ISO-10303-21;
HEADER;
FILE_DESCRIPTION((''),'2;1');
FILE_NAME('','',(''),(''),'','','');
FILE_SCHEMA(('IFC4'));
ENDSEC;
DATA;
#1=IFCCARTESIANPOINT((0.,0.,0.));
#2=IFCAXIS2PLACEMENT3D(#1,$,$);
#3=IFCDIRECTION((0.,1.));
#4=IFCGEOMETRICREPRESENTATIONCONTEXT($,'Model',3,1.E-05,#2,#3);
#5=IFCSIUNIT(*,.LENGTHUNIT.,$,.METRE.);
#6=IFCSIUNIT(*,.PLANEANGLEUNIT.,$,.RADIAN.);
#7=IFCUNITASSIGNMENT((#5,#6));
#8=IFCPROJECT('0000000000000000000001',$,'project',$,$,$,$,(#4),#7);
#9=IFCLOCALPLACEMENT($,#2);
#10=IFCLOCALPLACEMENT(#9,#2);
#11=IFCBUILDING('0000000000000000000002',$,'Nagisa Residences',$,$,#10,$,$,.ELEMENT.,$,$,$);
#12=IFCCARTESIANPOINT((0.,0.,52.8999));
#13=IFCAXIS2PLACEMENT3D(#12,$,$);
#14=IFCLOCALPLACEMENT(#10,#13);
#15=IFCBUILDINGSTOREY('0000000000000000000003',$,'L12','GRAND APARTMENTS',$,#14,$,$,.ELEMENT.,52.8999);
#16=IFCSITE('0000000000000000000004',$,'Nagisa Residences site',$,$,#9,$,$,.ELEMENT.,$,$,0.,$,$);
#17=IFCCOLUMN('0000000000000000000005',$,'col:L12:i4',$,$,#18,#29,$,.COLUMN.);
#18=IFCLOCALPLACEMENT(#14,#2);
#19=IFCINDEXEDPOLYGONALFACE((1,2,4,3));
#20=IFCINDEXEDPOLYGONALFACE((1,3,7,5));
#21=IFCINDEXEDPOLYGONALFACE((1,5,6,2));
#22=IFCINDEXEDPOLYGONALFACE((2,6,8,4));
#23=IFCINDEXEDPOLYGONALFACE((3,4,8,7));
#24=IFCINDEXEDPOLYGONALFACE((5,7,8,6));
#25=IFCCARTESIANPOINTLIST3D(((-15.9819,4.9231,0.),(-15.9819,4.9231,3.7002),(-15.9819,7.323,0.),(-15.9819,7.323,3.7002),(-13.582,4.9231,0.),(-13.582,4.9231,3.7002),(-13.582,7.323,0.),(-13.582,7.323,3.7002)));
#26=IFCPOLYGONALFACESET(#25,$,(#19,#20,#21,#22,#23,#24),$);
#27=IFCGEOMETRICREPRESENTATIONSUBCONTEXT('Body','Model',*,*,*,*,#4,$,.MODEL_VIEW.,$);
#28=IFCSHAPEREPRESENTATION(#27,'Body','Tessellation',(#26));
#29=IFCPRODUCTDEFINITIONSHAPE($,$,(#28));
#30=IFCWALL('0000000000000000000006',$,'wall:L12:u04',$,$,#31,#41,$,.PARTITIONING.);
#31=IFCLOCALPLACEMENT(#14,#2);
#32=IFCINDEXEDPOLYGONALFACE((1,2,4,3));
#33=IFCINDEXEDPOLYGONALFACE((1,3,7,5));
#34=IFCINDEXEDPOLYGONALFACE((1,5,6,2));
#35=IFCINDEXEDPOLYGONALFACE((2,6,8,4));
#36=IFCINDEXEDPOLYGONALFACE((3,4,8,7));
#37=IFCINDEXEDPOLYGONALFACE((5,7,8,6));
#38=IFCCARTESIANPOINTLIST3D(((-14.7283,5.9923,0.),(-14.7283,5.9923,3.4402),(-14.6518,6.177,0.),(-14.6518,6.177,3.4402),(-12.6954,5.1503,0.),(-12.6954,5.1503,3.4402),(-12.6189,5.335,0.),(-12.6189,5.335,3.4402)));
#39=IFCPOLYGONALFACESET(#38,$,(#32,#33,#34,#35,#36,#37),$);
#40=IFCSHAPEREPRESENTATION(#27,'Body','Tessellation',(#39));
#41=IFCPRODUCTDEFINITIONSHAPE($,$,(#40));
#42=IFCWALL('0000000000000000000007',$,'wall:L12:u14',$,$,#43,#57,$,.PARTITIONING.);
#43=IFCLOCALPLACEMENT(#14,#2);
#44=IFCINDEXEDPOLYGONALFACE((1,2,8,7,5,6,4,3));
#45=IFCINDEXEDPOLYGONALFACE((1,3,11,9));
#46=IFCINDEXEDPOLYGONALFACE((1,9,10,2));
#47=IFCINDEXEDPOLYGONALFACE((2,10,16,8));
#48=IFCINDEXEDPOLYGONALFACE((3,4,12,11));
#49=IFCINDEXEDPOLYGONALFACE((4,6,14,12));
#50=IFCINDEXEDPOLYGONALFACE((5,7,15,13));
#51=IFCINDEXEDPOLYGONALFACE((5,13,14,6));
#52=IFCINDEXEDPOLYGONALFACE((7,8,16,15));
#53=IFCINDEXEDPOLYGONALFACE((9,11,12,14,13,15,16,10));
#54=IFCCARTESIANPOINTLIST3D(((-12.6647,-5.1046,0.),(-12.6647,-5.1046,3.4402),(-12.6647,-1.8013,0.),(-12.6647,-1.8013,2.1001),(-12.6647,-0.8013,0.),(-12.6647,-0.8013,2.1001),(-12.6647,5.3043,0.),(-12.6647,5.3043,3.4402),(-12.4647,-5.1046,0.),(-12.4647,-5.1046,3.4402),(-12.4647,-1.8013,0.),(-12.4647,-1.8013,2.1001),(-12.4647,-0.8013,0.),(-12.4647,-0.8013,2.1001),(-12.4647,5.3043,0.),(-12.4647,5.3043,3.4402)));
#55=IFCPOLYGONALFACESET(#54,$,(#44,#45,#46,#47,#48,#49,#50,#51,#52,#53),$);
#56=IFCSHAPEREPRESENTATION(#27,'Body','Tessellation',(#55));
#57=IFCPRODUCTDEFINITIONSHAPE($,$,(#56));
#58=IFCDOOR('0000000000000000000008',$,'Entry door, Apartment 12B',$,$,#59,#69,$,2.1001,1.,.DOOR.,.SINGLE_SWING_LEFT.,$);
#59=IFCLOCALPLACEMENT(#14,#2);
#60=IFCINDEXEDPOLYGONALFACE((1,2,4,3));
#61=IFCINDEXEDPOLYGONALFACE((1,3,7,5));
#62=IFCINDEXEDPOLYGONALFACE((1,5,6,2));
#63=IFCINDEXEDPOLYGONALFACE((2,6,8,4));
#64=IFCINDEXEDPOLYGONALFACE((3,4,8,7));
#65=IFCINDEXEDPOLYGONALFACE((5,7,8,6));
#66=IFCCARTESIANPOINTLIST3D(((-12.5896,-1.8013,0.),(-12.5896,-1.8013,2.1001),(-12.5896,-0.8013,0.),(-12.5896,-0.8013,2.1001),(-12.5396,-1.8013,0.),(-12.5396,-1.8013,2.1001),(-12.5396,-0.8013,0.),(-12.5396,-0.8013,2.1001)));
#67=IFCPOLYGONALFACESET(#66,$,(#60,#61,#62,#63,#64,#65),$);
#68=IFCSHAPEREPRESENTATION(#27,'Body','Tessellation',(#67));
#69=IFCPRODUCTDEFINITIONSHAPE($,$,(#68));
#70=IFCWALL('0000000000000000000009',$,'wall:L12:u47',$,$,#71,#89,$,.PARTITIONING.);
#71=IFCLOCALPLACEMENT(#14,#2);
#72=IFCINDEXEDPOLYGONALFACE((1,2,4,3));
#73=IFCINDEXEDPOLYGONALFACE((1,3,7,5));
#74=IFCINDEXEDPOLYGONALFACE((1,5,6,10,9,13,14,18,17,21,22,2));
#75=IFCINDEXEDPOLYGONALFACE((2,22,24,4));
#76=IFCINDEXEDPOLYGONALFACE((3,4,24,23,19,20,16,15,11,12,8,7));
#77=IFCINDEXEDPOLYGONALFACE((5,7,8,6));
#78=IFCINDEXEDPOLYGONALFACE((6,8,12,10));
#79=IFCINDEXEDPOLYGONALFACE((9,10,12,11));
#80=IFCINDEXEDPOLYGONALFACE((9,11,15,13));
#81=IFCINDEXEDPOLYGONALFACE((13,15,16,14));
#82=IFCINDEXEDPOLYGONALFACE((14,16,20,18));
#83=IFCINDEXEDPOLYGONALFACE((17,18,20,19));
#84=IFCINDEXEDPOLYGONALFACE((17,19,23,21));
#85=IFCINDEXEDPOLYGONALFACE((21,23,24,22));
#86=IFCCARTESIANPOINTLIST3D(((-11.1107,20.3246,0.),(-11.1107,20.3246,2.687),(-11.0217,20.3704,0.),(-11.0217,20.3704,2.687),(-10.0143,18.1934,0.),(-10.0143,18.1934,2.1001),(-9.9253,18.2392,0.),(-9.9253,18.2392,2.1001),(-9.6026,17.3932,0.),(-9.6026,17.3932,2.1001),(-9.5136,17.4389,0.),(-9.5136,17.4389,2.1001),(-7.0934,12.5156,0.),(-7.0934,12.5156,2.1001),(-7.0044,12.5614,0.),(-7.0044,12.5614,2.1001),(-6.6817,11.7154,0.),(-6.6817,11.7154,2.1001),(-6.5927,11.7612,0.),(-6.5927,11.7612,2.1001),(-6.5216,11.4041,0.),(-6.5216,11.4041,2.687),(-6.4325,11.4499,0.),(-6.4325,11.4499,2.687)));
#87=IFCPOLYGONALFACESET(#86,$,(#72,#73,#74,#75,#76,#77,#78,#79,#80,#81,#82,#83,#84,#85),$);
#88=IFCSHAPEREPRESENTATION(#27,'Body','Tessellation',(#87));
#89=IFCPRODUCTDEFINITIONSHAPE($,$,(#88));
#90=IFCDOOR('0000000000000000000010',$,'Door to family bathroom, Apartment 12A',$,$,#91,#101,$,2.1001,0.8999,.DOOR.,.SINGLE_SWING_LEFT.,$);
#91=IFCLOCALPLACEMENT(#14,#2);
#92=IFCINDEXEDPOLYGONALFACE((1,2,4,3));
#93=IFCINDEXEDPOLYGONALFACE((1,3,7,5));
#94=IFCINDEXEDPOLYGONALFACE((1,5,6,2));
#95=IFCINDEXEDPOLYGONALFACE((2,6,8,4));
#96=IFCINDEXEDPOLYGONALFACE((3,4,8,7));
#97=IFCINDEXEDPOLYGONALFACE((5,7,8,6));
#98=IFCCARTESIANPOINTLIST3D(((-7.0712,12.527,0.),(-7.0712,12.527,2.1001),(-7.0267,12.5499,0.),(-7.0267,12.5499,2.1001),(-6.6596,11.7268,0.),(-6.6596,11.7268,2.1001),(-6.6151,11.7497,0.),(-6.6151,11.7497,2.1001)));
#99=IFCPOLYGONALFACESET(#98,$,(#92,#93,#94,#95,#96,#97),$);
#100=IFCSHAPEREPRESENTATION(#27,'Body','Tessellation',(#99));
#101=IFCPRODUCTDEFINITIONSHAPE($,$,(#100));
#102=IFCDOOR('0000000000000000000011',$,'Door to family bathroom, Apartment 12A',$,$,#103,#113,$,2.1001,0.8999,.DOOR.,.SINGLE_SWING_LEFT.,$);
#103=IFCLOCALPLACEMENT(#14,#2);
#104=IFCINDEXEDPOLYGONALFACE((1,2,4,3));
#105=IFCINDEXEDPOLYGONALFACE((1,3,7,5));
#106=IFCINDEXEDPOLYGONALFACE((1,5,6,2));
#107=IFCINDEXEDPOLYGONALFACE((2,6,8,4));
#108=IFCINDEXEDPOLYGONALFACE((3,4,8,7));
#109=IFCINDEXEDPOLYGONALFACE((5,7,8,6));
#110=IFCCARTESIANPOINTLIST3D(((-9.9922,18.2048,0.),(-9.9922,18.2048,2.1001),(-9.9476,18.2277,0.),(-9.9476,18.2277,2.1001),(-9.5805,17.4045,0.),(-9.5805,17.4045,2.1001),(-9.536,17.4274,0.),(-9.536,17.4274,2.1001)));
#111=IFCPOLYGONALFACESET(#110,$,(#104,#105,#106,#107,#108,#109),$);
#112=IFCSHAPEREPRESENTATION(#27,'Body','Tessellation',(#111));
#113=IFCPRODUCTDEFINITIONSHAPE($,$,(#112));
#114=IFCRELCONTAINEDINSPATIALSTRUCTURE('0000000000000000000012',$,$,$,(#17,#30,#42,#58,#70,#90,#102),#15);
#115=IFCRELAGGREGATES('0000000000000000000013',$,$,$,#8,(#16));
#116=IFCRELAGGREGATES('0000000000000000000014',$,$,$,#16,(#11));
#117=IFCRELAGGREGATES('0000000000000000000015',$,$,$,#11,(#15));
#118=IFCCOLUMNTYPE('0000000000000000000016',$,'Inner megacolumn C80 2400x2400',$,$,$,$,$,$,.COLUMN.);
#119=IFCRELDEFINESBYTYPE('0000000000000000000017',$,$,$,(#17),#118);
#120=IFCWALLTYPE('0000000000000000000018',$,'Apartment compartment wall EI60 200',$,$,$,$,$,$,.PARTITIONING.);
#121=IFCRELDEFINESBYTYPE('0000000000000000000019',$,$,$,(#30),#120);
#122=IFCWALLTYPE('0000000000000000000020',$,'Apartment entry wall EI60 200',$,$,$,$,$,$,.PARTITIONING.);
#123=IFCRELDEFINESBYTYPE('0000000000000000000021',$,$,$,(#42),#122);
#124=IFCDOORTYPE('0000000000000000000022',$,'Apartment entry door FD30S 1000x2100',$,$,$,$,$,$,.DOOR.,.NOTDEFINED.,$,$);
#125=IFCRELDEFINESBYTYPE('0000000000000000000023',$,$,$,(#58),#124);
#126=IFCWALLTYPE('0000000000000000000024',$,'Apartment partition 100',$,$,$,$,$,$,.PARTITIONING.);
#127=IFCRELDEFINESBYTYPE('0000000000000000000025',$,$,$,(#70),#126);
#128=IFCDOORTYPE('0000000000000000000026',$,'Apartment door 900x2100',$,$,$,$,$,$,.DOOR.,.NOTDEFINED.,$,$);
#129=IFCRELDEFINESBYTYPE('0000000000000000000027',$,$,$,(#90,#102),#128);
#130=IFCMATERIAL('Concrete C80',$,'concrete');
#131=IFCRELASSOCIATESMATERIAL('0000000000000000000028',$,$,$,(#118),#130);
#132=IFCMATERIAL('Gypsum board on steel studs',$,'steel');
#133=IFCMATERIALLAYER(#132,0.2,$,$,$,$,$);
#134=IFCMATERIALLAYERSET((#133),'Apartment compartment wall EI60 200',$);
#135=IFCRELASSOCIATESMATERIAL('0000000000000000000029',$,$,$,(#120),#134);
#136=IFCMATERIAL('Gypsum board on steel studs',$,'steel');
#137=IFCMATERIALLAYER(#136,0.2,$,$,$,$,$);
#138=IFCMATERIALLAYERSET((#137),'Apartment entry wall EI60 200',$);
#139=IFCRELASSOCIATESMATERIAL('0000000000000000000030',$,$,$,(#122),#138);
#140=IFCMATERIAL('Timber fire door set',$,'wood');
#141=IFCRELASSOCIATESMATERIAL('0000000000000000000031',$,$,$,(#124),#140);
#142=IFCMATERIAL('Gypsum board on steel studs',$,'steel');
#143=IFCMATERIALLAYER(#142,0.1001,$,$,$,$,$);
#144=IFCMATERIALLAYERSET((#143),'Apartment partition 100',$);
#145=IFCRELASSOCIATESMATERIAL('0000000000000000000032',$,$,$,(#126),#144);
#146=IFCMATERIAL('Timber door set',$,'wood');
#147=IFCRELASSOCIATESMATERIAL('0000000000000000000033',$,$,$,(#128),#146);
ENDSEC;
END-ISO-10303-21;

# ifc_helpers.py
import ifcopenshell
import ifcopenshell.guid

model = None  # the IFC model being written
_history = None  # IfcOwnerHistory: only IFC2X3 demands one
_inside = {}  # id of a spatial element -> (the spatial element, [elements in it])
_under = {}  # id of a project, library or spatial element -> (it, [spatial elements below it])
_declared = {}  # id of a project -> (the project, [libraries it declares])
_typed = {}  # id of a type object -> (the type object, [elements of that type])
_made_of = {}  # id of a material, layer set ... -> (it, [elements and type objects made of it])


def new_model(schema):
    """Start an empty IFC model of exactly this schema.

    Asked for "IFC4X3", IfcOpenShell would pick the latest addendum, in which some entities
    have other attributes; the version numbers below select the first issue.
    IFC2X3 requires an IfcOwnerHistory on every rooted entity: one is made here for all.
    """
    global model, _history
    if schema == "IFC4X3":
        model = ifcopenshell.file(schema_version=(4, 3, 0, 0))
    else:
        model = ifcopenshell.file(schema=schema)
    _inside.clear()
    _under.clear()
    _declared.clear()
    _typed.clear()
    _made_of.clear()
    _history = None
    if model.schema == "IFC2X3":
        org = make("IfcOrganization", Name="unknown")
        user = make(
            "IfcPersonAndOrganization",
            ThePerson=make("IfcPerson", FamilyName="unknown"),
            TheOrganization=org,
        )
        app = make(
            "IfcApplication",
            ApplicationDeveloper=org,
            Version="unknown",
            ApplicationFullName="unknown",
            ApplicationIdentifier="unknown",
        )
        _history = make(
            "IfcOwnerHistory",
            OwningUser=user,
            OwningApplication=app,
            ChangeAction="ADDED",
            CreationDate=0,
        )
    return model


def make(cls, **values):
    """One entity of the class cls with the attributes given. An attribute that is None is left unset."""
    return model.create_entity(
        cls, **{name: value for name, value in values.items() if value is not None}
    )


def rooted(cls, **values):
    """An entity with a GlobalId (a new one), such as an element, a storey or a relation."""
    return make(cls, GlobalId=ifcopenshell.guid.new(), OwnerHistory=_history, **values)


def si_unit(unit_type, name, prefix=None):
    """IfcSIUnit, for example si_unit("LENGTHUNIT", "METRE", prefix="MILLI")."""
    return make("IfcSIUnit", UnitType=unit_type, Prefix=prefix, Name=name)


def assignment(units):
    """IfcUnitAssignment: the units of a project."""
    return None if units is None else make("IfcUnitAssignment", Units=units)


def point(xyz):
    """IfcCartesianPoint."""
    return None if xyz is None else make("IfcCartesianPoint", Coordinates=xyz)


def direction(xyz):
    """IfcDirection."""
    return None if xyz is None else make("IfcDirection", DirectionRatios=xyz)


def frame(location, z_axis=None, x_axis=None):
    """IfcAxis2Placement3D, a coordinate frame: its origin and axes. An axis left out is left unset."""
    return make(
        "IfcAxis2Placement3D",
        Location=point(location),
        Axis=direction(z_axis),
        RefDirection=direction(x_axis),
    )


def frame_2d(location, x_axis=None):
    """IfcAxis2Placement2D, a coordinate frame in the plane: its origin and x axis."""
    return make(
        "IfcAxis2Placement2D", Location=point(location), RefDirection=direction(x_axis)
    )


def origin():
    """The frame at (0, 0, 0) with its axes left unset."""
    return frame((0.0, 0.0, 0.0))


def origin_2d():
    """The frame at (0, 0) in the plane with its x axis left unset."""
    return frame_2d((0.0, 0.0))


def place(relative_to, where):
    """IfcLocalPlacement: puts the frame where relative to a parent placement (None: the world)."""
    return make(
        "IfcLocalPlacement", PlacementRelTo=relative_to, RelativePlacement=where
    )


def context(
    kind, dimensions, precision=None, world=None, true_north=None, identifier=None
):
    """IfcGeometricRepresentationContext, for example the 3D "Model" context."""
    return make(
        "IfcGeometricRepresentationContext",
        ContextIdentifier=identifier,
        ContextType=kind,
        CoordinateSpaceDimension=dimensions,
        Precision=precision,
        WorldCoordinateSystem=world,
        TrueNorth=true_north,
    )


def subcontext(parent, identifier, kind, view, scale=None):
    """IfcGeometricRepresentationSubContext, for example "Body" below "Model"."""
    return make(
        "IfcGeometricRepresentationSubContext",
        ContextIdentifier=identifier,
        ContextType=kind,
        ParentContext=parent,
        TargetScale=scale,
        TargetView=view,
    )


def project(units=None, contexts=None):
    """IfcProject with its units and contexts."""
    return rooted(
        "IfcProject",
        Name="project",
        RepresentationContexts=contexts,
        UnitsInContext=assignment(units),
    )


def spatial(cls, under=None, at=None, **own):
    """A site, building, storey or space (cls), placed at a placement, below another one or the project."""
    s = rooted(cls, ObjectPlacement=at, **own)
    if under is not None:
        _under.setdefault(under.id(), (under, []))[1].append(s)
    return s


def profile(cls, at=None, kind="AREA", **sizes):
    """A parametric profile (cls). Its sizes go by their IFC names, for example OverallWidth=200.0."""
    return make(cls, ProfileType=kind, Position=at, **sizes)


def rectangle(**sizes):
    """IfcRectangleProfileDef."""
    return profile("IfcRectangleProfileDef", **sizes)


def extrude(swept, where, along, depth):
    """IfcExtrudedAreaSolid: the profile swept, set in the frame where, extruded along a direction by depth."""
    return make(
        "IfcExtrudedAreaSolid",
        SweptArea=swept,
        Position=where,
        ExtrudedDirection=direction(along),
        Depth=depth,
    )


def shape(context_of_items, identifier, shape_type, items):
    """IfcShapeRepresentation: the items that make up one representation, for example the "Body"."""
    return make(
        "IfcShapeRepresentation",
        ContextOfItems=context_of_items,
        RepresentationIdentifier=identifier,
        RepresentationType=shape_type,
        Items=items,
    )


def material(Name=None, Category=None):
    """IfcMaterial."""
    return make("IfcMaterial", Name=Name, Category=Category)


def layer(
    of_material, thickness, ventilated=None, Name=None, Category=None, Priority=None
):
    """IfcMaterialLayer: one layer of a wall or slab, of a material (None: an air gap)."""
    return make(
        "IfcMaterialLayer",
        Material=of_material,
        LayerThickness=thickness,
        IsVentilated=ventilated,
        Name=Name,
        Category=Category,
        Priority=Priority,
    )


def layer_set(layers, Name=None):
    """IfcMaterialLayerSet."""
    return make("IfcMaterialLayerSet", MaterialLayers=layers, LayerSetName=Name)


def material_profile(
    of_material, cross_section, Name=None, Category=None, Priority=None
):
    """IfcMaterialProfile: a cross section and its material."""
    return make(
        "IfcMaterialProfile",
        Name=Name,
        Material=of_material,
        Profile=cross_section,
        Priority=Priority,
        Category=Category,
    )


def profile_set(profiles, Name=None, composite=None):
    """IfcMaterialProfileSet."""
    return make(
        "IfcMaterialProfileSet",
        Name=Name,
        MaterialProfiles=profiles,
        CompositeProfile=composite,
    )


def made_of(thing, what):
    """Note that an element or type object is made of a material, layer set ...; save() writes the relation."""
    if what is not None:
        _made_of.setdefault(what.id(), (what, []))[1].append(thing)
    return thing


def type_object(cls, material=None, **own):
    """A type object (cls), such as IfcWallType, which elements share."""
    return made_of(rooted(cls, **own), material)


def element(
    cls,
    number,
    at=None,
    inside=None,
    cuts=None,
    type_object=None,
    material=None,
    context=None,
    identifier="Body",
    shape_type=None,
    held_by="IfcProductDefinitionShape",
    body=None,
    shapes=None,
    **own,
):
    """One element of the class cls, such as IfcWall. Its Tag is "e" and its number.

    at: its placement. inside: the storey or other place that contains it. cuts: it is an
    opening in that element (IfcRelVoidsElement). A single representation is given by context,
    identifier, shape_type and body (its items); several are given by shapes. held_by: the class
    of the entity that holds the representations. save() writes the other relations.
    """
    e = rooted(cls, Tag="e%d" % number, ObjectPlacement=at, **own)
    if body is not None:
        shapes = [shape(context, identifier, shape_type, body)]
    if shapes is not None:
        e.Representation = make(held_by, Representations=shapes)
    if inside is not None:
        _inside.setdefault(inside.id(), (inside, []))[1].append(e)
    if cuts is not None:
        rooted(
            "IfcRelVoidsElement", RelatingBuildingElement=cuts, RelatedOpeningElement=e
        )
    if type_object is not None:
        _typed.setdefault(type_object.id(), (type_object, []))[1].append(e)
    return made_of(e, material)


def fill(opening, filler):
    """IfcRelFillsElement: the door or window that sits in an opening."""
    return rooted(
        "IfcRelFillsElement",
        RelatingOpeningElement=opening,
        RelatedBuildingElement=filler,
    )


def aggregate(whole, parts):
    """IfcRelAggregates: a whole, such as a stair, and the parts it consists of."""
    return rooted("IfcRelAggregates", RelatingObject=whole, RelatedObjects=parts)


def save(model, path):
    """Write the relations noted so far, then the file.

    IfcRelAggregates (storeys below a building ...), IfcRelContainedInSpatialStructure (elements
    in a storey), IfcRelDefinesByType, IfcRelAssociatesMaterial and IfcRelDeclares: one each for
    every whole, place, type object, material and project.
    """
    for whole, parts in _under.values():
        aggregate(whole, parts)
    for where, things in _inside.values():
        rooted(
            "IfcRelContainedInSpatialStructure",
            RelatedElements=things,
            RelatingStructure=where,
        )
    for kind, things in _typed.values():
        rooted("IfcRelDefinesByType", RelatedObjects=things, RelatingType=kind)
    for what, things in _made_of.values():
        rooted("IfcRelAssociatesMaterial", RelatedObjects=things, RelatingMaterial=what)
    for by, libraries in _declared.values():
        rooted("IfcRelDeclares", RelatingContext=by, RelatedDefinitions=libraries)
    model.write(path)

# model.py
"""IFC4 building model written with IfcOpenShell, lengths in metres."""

from ifc_helpers import new_model, si_unit, direction, frame, frame_2d, origin, origin_2d, place, context, subcontext, project, spatial, rectangle, extrude, material, layer, layer_set, material_profile, profile_set, type_object, element, fill, save


model = new_model("IFC4")

# Units and contexts
model_context = context("Model", 3, precision=1e-05, world=origin(), true_north=direction((0.0, 1.0)))
body_context = subcontext(model_context, "Body", "Model", "MODEL_VIEW")
ifc_project = project(units=[si_unit("LENGTHUNIT", "METRE"), si_unit("PLANEANGLEUNIT", "RADIAN")], contexts=[model_context])

# Site, building, storey
site_placement = place(None, origin())
site = spatial("IfcSite", under=ifc_project, at=site_placement, Name="Nagisa Residences site", CompositionType="ELEMENT", RefElevation=0.0)
building_placement = place(site_placement, origin())
building = spatial("IfcBuilding", under=site, at=building_placement, Name="Nagisa Residences", CompositionType="ELEMENT")
storey_placement = place(building_placement, frame((0.0, 0.0, 52.8999)))
storey = spatial("IfcBuildingStorey", under=building, at=storey_placement, Name="L12", Description="GRAND APARTMENTS", CompositionType="ELEMENT", Elevation=52.8999)

# Column
ifc_material_1 = material(Name="Concrete C80", Category="concrete")
ifc_material_profile = material_profile(ifc_material_1, rectangle(XDim=2.3999, YDim=2.3999, at=origin_2d()), Name="C80 2400x2400")
ifc_profile_set = profile_set([ifc_material_profile], Name="Concrete C80")
column_type = type_object("IfcColumnType", Name="Inner megacolumn C80 2400x2400", PredefinedType="COLUMN", material=ifc_profile_set)
column_placement = place(storey_placement, frame((-14.782, 6.123, 0.0), z_axis=(0.0, 0.0, 1.0), x_axis=(1.0, 0.0, 0.0)))
element("IfcColumn", 1, at=column_placement, inside=storey, type_object=column_type, Name="col:L12:i4", PredefinedType="COLUMN", context=body_context, shape_type="SweptSolid", body=[
    extrude(rectangle(XDim=2.3999, YDim=2.3999, at=origin_2d()), origin(), (0.0, 0.0, 1.0), 3.7002),
])

# Wall
ifc_material_2 = material(Name="Gypsum board on steel studs", Category="steel")
ifc_layer_1 = layer(ifc_material_2, 0.2)
ifc_layer_set_1 = layer_set([ifc_layer_1], Name="Apartment compartment wall EI60 200")
wall_type_1 = type_object("IfcWallType", Name="Apartment compartment wall EI60 200", PredefinedType="PARTITIONING", material=ifc_layer_set_1)
wall_1_placement = place(storey_placement, frame((-12.6572, 5.2427, 0.0), z_axis=(0.0, 0.0, 1.0), x_axis=(-0.923886, 0.382669, 0.0)))
element("IfcWall", 2, at=wall_1_placement, inside=storey, type_object=wall_type_1, Name="wall:L12:u04", PredefinedType="PARTITIONING", context=body_context, shape_type="SweptSolid", body=[
    extrude(rectangle(XDim=2.2004, YDim=0.2, at=frame_2d((1.1001, 0.0))), origin(), (0.0, 0.0, 1.0), 3.4402),
])

# Wall, opening, door
ifc_material_3 = material(Name="Gypsum board on steel studs", Category="steel")
ifc_layer_2 = layer(ifc_material_3, 0.2)
ifc_layer_set_2 = layer_set([ifc_layer_2], Name="Apartment entry wall EI60 200")
wall_type_2 = type_object("IfcWallType", Name="Apartment entry wall EI60 200", PredefinedType="PARTITIONING", material=ifc_layer_set_2)
wall_2_placement = place(storey_placement, frame((-12.5647, 5.3044, 0.0), z_axis=(0.0, 0.0, 1.0), x_axis=(0.0, -1.0, 0.0)))
wall_2 = element("IfcWall", 3, at=wall_2_placement, inside=storey, type_object=wall_type_2, Name="wall:L12:u14", PredefinedType="PARTITIONING", context=body_context, shape_type="SweptSolid", body=[
    extrude(rectangle(XDim=10.4089, YDim=0.2, at=frame_2d((5.2046, 0.0))), origin(), (0.0, 0.0, 1.0), 3.4402),
])
opening_1_placement = place(wall_2_placement, frame((6.1057, 0.0, 0.0)))
opening_1 = element("IfcOpeningElement", 4, at=opening_1_placement, cuts=wall_2, PredefinedType="OPENING", context=body_context, shape_type="SweptSolid", body=[
    extrude(rectangle(XDim=1.0, YDim=2.1001, at=frame_2d((0.5, 1.05))), frame((0.0, 0.1099, 0.0), z_axis=(0.0, -1.0, 0.0), x_axis=(1.0, 0.0, 0.0)), (0.0, 0.0, 1.0), 0.22),
])
ifc_material_4 = material(Name="Timber fire door set", Category="wood")
door_type_1 = type_object("IfcDoorType", Name="Apartment entry door FD30S 1000x2100", OperationType="NOTDEFINED", PredefinedType="DOOR", material=ifc_material_4)
door_1_placement = place(opening_1_placement, frame((1.0, 0.0, 0.0), x_axis=(-1.0, 0.0, 0.0)))
door_1 = element("IfcDoor", 5, at=door_1_placement, inside=storey, type_object=door_type_1, Name="Entry door, Apartment 12B", OperationType="SINGLE_SWING_LEFT", OverallHeight=2.1001, OverallWidth=1.0, PredefinedType="DOOR", context=body_context, shape_type="SweptSolid", body=[
    extrude(rectangle(XDim=1.0, YDim=2.1001, at=frame_2d((0.5, 1.05))), frame((0.0, 0.0249, 0.0), z_axis=(0.0, -1.0, 0.0), x_axis=(1.0, 0.0, 0.0)), (0.0, 0.0, 1.0), 0.05),
])
fill(opening_1, door_1)

# Wall, openings, doors
ifc_material_5 = material(Name="Gypsum board on steel studs", Category="steel")
ifc_layer_3 = layer(ifc_material_5, 0.1001)
ifc_layer_set_3 = layer_set([ifc_layer_3], Name="Apartment partition 100")
wall_type_3 = type_object("IfcWallType", Name="Apartment partition 100", PredefinedType="PARTITIONING", material=ifc_layer_set_3)
wall_3_placement = place(storey_placement, frame((-6.4771, 11.427, 0.0), z_axis=(0.0, 0.0, 1.0), x_axis=(-0.457464, 0.889228, 0.0)))
wall_3 = element("IfcWall", 6, at=wall_3_placement, inside=storey, type_object=wall_type_3, Name="wall:L12:u47", PredefinedType="PARTITIONING", context=body_context, shape_type="SweptSolid", body=[
    extrude(rectangle(XDim=10.0317, YDim=0.1001, at=frame_2d((5.0159, 0.0))), origin(), (0.0, 0.0, 1.0), 2.687),
])
opening_2_placement = place(wall_3_placement, frame((0.3501, 0.0, 0.0)))
opening_2 = element("IfcOpeningElement", 7, at=opening_2_placement, cuts=wall_3, PredefinedType="OPENING", context=body_context, shape_type="SweptSolid", body=[
    extrude(rectangle(XDim=0.8999, YDim=2.1001, at=frame_2d((0.45, 1.05))), frame((0.0, 0.0601, 0.0), z_axis=(0.0, -1.0, 0.0), x_axis=(1.0, 0.0, 0.0)), (0.0, 0.0, 1.0), 0.1201),
])
opening_3_placement = place(wall_3_placement, frame((6.7351, 0.0, 0.0)))
opening_3 = element("IfcOpeningElement", 8, at=opening_3_placement, cuts=wall_3, PredefinedType="OPENING", context=body_context, shape_type="SweptSolid", body=[
    extrude(rectangle(XDim=0.8999, YDim=2.1001, at=frame_2d((0.45, 1.05))), frame((0.0, 0.0601, 0.0), z_axis=(0.0, -1.0, 0.0), x_axis=(1.0, 0.0, 0.0)), (0.0, 0.0, 1.0), 0.1201),
])
ifc_material_6 = material(Name="Timber door set", Category="wood")
door_type_2 = type_object("IfcDoorType", Name="Apartment door 900x2100", OperationType="NOTDEFINED", PredefinedType="DOOR", material=ifc_material_6)
door_2_placement = place(opening_2_placement, frame((0.8999, 0.0, 0.0), x_axis=(-1.0, 0.0, 0.0)))
door_2 = element("IfcDoor", 9, at=door_2_placement, inside=storey, type_object=door_type_2, Name="Door to family bathroom, Apartment 12A", OperationType="SINGLE_SWING_LEFT", OverallHeight=2.1001, OverallWidth=0.8999, PredefinedType="DOOR", context=body_context, shape_type="SweptSolid", body=[
    extrude(rectangle(XDim=0.8999, YDim=2.1001, at=frame_2d((0.45, 1.05))), frame((0.0, 0.0249, 0.0), z_axis=(0.0, -1.0, 0.0), x_axis=(1.0, 0.0, 0.0)), (0.0, 0.0, 1.0), 0.05),
])
fill(opening_2, door_2)
door_3_placement = place(opening_3_placement, frame((0.8999, 0.0, 0.0), x_axis=(-1.0, 0.0, 0.0)))
door_3 = element("IfcDoor", 10, at=door_3_placement, inside=storey, type_object=door_type_2, Name="Door to family bathroom, Apartment 12A", OperationType="SINGLE_SWING_LEFT", OverallHeight=2.1001, OverallWidth=0.8999, PredefinedType="DOOR", context=body_context, shape_type="SweptSolid", body=[
    extrude(rectangle(XDim=0.8999, YDim=2.1001, at=frame_2d((0.45, 1.05))), frame((0.0, 0.0249, 0.0), z_axis=(0.0, -1.0, 0.0), x_axis=(1.0, 0.0, 0.0)), (0.0, 0.0, 1.0), 0.05),
])
fill(opening_3, door_3)

save(model, "model.ifc")
